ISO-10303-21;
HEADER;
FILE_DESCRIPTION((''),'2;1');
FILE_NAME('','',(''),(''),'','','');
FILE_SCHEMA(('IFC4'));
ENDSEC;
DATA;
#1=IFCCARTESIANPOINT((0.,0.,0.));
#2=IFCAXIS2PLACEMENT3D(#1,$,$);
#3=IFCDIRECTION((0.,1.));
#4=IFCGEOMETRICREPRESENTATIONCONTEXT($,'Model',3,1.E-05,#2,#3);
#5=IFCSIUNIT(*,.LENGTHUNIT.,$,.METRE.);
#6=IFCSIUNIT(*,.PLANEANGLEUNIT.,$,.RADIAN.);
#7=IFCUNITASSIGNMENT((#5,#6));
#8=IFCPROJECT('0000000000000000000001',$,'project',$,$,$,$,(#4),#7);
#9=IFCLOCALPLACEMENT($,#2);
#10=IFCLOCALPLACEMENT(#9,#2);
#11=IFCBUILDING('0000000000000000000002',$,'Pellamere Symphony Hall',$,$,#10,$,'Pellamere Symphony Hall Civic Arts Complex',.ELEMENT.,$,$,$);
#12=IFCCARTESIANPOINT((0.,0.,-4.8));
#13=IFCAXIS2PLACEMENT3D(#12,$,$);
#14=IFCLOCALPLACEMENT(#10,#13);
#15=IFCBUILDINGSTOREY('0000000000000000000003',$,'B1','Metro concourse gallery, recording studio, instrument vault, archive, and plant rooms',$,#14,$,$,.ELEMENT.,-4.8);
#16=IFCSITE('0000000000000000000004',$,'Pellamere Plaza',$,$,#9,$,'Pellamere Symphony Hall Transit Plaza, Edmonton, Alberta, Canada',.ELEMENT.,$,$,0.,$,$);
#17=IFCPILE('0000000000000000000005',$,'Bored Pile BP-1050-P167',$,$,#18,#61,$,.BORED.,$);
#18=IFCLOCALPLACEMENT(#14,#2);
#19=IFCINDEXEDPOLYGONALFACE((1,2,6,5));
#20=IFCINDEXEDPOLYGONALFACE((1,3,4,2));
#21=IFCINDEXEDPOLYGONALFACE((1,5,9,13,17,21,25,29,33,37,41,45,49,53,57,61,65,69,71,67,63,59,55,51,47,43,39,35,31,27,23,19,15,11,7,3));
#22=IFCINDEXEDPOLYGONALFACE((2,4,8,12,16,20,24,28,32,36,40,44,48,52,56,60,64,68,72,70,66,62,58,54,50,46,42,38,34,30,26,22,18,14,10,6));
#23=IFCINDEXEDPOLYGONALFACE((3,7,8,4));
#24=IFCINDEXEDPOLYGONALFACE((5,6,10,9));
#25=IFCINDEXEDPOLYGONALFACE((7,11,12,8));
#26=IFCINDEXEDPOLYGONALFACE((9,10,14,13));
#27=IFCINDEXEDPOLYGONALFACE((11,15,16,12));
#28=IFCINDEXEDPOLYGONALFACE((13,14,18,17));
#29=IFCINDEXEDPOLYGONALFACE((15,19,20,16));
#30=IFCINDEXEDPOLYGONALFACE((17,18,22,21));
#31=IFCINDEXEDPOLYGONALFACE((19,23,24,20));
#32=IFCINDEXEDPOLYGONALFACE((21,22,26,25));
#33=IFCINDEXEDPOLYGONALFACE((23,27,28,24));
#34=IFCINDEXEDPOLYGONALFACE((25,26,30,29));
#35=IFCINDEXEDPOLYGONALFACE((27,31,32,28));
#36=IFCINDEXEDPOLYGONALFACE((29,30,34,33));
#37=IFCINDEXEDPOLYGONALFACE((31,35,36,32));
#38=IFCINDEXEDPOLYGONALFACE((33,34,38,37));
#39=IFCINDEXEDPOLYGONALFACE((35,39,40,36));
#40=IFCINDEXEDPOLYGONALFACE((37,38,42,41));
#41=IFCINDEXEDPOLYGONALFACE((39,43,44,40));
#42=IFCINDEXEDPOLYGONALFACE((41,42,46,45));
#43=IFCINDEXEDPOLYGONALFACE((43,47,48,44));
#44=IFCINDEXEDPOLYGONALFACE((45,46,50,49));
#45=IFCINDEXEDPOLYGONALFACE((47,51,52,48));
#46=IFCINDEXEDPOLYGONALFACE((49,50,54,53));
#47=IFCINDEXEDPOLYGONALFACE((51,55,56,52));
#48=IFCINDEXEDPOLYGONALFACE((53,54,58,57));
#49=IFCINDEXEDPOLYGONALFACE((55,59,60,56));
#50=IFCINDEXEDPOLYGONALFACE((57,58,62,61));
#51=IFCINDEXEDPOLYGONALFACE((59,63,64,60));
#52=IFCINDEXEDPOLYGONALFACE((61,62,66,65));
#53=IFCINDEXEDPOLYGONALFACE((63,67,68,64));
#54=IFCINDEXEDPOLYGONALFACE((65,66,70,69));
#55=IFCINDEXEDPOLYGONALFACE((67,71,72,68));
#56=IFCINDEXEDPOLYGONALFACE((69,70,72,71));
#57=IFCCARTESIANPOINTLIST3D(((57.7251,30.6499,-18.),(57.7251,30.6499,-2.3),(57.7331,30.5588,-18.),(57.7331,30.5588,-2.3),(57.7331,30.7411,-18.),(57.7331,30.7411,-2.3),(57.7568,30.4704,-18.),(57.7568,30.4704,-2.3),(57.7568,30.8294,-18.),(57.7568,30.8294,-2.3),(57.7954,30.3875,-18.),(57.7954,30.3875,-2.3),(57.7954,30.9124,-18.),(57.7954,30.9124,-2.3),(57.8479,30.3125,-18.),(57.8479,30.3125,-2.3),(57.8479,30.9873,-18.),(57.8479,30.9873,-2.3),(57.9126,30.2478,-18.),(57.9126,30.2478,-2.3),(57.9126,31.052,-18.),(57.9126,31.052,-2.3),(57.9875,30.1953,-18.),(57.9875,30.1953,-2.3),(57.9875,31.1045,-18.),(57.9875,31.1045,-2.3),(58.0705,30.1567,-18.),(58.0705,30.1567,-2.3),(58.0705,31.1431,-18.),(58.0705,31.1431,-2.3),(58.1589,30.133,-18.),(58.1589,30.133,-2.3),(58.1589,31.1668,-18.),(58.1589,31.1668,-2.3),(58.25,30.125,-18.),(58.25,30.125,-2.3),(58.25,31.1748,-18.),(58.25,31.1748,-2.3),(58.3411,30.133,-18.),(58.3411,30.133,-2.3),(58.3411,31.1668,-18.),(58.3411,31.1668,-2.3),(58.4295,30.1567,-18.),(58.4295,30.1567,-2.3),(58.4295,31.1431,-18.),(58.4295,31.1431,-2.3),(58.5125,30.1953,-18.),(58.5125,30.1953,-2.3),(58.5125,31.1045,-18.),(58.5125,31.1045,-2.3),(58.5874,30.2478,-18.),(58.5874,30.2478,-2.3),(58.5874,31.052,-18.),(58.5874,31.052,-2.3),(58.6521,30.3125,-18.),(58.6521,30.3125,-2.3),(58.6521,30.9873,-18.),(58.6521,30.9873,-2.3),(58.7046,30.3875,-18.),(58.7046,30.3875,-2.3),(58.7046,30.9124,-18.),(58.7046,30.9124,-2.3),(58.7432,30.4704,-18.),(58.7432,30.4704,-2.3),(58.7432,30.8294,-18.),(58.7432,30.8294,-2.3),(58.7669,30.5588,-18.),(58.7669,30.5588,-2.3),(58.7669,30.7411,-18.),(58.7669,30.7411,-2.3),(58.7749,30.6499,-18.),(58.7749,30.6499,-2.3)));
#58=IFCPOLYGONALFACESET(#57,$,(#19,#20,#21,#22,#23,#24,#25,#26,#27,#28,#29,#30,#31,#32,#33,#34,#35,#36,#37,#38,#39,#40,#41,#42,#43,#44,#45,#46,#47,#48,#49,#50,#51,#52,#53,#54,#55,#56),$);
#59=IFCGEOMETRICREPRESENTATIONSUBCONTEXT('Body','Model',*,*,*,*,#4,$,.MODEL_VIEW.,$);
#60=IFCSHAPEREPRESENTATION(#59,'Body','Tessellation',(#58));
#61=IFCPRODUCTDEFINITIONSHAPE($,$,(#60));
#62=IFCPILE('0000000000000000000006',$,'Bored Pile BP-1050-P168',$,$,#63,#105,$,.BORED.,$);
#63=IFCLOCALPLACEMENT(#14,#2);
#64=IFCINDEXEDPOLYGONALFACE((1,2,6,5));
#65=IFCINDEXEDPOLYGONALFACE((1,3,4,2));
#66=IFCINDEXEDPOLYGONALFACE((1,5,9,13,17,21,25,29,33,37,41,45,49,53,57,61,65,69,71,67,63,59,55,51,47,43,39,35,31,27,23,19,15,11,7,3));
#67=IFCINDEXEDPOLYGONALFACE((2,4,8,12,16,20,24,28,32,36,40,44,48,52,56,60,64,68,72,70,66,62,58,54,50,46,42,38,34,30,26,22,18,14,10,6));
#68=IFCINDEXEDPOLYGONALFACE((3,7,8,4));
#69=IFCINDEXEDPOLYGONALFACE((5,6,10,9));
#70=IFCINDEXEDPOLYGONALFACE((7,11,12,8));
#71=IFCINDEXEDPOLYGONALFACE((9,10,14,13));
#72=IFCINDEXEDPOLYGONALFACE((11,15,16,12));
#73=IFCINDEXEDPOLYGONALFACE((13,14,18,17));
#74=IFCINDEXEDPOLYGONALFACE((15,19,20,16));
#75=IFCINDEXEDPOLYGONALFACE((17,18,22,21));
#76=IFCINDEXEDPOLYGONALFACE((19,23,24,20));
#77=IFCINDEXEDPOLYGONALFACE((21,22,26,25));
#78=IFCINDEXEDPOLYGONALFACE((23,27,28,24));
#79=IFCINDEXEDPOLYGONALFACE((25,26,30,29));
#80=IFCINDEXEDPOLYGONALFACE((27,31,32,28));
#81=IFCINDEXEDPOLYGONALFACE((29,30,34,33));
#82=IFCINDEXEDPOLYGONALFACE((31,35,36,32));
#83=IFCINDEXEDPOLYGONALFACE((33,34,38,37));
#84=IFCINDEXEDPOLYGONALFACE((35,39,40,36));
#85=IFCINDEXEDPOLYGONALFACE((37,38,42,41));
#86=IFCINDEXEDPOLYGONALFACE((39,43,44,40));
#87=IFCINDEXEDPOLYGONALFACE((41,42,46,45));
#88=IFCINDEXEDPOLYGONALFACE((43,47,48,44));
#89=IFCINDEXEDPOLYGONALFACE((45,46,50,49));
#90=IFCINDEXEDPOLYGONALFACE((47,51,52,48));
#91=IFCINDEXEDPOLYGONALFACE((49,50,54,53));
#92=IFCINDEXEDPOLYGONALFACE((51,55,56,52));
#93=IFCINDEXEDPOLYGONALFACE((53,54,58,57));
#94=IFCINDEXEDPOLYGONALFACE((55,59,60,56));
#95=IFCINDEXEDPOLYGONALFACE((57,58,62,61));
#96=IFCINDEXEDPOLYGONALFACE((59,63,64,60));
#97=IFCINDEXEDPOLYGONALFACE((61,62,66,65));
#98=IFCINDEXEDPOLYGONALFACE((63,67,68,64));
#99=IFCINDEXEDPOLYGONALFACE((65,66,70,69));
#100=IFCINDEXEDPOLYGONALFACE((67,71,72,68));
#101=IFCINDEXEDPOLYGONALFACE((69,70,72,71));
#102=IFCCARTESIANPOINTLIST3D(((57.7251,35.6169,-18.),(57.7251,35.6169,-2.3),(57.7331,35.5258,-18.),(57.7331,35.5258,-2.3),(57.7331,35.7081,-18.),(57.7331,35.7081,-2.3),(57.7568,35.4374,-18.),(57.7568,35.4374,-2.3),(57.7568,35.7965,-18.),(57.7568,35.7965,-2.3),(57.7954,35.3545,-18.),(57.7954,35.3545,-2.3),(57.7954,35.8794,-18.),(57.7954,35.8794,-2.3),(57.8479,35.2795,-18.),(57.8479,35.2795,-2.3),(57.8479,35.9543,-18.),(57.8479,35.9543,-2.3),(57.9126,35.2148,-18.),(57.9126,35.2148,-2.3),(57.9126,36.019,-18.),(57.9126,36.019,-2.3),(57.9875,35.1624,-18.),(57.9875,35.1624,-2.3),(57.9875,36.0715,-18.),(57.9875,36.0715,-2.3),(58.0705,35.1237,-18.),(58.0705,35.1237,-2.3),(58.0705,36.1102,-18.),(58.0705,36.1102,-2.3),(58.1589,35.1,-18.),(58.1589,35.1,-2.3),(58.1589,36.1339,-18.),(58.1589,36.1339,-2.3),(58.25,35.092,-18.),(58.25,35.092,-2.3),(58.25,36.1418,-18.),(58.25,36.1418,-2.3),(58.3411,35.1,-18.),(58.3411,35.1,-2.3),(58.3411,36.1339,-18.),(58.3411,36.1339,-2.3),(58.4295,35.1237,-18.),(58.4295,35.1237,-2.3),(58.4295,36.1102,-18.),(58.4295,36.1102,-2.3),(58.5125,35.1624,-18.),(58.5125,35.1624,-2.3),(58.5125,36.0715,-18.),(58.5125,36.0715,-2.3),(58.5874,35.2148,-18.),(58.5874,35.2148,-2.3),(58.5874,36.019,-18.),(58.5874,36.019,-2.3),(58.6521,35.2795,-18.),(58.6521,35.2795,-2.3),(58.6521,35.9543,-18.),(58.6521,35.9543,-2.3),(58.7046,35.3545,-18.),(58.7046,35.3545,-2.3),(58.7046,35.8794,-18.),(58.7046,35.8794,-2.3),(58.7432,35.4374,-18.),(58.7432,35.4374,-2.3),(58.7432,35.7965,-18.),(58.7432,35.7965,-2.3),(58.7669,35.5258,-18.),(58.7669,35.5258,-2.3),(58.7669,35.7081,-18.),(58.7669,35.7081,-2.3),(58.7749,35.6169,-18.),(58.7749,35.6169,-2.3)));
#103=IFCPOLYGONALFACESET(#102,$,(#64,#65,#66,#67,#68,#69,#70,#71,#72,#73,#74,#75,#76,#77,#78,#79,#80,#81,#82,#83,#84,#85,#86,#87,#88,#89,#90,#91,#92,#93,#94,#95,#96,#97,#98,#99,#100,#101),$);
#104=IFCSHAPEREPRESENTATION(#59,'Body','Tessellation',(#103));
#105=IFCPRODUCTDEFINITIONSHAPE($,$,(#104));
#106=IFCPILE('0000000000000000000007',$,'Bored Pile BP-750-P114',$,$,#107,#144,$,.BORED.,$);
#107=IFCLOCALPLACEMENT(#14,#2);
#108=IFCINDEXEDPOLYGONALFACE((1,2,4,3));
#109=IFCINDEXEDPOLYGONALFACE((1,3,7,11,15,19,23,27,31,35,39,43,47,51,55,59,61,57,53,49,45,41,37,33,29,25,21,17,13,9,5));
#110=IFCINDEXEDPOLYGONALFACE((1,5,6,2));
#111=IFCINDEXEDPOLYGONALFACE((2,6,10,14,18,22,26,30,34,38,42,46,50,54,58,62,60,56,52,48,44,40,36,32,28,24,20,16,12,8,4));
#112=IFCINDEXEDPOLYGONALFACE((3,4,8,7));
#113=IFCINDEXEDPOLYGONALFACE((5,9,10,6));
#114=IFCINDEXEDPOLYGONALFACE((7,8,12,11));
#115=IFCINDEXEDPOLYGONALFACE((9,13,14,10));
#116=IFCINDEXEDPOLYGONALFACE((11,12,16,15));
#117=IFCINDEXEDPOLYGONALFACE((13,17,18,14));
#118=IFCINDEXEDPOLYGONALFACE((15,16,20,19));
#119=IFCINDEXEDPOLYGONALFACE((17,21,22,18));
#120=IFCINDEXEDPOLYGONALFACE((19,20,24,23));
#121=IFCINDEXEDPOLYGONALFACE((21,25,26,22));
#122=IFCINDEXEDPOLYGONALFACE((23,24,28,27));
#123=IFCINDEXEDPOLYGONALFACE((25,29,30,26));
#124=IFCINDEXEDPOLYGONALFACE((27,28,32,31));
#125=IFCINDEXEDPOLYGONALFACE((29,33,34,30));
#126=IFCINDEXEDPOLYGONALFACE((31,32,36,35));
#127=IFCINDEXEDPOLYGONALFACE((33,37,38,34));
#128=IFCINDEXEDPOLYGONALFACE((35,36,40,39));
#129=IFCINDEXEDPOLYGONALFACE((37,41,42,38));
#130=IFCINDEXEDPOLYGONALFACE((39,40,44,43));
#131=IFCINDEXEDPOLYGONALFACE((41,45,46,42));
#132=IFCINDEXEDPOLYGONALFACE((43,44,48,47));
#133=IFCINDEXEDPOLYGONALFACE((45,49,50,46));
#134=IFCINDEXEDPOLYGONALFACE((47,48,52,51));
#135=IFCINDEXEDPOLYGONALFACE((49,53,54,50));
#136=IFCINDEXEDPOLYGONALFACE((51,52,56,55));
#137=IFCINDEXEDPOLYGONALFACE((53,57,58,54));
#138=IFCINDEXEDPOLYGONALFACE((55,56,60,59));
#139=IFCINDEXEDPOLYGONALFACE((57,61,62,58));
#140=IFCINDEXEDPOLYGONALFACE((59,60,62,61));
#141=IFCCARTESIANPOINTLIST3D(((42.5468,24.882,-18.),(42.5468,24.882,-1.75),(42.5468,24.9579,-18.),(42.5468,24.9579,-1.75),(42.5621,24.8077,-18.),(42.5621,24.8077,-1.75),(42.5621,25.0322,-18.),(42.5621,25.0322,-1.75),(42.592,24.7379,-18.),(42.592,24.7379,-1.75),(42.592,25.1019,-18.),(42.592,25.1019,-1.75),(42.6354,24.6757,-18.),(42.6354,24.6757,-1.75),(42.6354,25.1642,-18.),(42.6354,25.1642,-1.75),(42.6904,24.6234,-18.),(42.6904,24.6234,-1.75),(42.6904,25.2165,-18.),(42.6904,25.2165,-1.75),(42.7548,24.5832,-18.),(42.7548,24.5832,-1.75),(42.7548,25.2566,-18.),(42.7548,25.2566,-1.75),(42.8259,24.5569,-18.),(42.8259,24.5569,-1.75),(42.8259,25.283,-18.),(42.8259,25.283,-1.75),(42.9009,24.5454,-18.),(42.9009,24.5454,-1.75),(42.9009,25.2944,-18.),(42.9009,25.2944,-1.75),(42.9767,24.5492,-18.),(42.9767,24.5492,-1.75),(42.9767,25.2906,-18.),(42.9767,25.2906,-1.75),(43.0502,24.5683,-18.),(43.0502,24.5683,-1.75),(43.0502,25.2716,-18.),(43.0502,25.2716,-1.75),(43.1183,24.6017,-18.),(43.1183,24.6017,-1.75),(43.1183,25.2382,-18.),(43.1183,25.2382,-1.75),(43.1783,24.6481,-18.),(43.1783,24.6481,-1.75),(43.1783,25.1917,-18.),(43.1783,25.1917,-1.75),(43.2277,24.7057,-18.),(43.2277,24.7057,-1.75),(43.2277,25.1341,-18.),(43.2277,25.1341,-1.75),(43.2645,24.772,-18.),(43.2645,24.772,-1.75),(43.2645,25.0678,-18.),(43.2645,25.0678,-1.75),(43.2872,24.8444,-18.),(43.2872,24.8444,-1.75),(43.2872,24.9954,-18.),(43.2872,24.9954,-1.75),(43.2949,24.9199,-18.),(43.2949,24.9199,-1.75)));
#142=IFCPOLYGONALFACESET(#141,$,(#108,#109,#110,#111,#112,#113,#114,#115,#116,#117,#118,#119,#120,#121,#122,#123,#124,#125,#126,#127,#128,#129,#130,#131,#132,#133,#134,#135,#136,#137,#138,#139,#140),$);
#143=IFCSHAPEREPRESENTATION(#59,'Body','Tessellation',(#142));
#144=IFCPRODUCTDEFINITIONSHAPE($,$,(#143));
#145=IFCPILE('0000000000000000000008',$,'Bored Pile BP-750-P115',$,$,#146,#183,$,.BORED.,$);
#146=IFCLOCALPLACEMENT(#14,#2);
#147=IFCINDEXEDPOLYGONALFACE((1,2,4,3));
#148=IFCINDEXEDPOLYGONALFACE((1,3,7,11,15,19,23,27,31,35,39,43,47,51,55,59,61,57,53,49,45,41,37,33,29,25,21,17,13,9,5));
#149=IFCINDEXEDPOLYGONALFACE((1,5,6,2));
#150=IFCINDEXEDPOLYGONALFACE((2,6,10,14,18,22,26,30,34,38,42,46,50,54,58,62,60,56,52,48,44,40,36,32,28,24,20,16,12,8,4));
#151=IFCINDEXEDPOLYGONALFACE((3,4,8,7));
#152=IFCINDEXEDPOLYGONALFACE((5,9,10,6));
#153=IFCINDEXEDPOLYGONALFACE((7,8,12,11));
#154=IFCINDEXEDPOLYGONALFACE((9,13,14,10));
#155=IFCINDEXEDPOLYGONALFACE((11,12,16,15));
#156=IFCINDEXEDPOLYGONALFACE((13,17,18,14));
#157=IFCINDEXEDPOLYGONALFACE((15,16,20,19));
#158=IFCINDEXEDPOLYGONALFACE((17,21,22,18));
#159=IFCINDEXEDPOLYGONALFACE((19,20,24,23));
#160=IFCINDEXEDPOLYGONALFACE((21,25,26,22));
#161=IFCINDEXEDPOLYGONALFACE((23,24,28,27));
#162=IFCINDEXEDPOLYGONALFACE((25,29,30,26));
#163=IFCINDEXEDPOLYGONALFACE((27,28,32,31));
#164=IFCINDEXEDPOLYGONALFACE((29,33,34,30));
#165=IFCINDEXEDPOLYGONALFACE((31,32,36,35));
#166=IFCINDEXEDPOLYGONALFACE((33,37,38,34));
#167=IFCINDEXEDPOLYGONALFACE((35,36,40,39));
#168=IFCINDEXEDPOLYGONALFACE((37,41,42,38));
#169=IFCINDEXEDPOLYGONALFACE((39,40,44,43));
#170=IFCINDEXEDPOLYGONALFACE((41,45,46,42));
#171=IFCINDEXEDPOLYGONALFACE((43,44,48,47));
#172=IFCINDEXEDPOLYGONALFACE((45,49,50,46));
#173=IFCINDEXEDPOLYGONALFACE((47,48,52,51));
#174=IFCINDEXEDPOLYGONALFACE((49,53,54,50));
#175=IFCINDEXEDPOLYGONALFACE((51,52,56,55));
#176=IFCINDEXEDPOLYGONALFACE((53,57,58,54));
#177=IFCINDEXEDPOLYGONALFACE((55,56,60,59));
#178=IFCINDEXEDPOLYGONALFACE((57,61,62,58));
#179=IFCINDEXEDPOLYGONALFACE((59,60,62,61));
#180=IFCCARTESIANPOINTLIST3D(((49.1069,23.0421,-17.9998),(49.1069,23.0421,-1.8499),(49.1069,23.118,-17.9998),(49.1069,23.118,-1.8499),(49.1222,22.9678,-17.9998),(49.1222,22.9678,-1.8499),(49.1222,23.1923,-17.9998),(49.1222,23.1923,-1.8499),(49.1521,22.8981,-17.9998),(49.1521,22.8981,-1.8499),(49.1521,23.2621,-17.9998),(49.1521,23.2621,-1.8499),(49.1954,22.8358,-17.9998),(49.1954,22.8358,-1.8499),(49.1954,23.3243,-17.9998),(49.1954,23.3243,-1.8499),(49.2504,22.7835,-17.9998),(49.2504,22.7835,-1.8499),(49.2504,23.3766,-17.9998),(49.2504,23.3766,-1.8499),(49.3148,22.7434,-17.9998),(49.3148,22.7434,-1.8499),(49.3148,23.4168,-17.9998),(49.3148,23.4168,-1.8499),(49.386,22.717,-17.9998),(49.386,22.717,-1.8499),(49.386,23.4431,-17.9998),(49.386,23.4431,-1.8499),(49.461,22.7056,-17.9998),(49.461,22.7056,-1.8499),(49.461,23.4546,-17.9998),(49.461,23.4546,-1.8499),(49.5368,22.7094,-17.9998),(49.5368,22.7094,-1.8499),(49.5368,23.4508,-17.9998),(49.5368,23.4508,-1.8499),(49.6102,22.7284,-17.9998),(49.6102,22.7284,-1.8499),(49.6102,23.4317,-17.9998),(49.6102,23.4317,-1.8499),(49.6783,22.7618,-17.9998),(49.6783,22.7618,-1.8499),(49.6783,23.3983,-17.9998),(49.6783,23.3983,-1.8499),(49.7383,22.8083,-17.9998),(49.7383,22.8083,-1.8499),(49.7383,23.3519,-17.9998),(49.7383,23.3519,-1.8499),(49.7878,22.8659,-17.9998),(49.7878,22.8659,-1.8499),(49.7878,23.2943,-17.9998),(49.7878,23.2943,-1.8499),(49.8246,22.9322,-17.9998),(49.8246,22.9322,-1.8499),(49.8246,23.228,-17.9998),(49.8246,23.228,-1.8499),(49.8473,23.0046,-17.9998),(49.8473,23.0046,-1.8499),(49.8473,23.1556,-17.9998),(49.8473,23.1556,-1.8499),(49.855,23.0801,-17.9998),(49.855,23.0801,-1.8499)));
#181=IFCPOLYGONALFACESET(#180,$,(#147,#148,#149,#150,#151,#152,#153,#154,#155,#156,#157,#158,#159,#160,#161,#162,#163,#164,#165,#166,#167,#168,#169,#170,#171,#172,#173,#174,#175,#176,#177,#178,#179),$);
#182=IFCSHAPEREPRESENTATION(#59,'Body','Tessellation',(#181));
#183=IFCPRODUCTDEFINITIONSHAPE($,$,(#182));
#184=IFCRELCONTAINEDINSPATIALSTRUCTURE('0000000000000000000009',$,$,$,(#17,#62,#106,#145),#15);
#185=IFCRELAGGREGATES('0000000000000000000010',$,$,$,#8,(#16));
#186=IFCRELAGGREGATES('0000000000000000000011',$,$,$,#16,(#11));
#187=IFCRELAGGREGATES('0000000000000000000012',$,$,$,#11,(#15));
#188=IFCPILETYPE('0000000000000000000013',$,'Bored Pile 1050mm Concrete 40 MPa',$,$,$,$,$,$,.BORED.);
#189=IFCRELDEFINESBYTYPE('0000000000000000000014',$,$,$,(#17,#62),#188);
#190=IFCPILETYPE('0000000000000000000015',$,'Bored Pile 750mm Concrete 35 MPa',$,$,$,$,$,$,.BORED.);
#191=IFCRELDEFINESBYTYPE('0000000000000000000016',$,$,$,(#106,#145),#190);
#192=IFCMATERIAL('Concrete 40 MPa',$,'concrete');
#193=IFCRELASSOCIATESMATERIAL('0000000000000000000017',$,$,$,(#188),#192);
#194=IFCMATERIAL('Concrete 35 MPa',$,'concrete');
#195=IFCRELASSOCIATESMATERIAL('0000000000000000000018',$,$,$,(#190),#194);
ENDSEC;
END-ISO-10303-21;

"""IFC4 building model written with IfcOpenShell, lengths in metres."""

from ifc_helpers import new_model, si_unit, direction, frame, origin, origin_2d, place, context, subcontext, project, spatial, circle, extrude, material, material_profile, profile_set, type_object, element, save


model = new_model("IFC4")

# Units and contexts
model_context = context("Model", 3, precision=1e-05, world=origin(), true_north=direction((0.0, 1.0)))
body_context = subcontext(model_context, "Body", "Model", "MODEL_VIEW")
ifc_project = project(units=[si_unit("LENGTHUNIT", "METRE"), si_unit("PLANEANGLEUNIT", "RADIAN")], contexts=[model_context])

# Site, building, storey
site_placement = place(None, origin())
site = spatial("IfcSite", under=ifc_project, at=site_placement, Name="Pellamere Plaza", LongName="Pellamere Symphony Hall Transit Plaza, Edmonton, Alberta, Canada", CompositionType="ELEMENT", RefElevation=0.0)
building_placement = place(site_placement, origin())
building = spatial("IfcBuilding", under=site, at=building_placement, Name="Pellamere Symphony Hall", LongName="Pellamere Symphony Hall Civic Arts Complex", CompositionType="ELEMENT")
storey_placement = place(building_placement, frame((0.0, 0.0, -4.8)))
storey = spatial("IfcBuildingStorey", under=building, at=storey_placement, Name="B1", Description="Metro concourse gallery, recording studio, instrument vault, archive, and plant rooms", CompositionType="ELEMENT", Elevation=-4.8)

# Piles
ifc_material_1 = material(Name="Concrete 40 MPa", Category="concrete")
ifc_material_profile_1 = material_profile(ifc_material_1, circle(Radius=0.5249, at=origin_2d()), Name="PILE D1050")
ifc_profile_set_1 = profile_set([ifc_material_profile_1], Name="Concrete 40 MPa")
pile_type_1 = type_object("IfcPileType", Name="Bored Pile 1050mm Concrete 40 MPa", PredefinedType="BORED", material=ifc_profile_set_1)
for number, where, z_axis, x_axis, name in (
    (1, (58.25, 30.6499, -2.3), (0.0, 0.0, -1.0), (1.0, 0.0, 0.0), "Bored Pile BP-1050-P167"),
    (2, (58.25, 35.6169, -2.3), (0.0, 0.0, -1.0), (1.0, 0.0, 0.0), "Bored Pile BP-1050-P168"),
):
    element("IfcPile", number, at=place(storey_placement, frame(where, z_axis=z_axis, x_axis=x_axis)), inside=storey, type_object=pile_type_1, Name=name, PredefinedType="BORED", context=body_context, shape_type="SweptSolid", body=[
        extrude(circle(Radius=0.5249, at=origin_2d()), origin(), (0.0, 0.0, 1.0), 15.7),
    ])
ifc_material_2 = material(Name="Concrete 35 MPa", Category="concrete")
ifc_material_profile_2 = material_profile(ifc_material_2, circle(Radius=0.375, at=origin_2d()), Name="PILE D750")
ifc_profile_set_2 = profile_set([ifc_material_profile_2], Name="Concrete 35 MPa")
pile_type_2 = type_object("IfcPileType", Name="Bored Pile 750mm Concrete 35 MPa", PredefinedType="BORED", material=ifc_profile_set_2)
pile_1_placement = place(storey_placement, frame((42.9199, 24.9199, -1.75), z_axis=(0.0, 0.0, -1.0), x_axis=(1.0, 0.0, 0.0)))
element("IfcPile", 3, at=pile_1_placement, inside=storey, type_object=pile_type_2, Name="Bored Pile BP-750-P114", PredefinedType="BORED", context=body_context, shape_type="SweptSolid", body=[
    extrude(circle(Radius=0.375, at=origin_2d()), origin(), (0.0, 0.0, 1.0), 16.25),
])
for number, where, z_axis, x_axis, name in (
    (4, (49.48, 23.0801, -1.8499), (0.0, 0.0, -1.0), (1.0, 0.0, 0.0), "Bored Pile BP-750-P115"),
):
    element("IfcPile", number, at=place(storey_placement, frame(where, z_axis=z_axis, x_axis=x_axis)), inside=storey, type_object=pile_type_2, Name=name, PredefinedType="BORED", context=body_context, shape_type="SweptSolid", body=[
        extrude(circle(Radius=0.375, at=origin_2d()), origin(), (0.0, 0.0, 1.0), 16.1499),
    ])

save(model, "model.ifc")
